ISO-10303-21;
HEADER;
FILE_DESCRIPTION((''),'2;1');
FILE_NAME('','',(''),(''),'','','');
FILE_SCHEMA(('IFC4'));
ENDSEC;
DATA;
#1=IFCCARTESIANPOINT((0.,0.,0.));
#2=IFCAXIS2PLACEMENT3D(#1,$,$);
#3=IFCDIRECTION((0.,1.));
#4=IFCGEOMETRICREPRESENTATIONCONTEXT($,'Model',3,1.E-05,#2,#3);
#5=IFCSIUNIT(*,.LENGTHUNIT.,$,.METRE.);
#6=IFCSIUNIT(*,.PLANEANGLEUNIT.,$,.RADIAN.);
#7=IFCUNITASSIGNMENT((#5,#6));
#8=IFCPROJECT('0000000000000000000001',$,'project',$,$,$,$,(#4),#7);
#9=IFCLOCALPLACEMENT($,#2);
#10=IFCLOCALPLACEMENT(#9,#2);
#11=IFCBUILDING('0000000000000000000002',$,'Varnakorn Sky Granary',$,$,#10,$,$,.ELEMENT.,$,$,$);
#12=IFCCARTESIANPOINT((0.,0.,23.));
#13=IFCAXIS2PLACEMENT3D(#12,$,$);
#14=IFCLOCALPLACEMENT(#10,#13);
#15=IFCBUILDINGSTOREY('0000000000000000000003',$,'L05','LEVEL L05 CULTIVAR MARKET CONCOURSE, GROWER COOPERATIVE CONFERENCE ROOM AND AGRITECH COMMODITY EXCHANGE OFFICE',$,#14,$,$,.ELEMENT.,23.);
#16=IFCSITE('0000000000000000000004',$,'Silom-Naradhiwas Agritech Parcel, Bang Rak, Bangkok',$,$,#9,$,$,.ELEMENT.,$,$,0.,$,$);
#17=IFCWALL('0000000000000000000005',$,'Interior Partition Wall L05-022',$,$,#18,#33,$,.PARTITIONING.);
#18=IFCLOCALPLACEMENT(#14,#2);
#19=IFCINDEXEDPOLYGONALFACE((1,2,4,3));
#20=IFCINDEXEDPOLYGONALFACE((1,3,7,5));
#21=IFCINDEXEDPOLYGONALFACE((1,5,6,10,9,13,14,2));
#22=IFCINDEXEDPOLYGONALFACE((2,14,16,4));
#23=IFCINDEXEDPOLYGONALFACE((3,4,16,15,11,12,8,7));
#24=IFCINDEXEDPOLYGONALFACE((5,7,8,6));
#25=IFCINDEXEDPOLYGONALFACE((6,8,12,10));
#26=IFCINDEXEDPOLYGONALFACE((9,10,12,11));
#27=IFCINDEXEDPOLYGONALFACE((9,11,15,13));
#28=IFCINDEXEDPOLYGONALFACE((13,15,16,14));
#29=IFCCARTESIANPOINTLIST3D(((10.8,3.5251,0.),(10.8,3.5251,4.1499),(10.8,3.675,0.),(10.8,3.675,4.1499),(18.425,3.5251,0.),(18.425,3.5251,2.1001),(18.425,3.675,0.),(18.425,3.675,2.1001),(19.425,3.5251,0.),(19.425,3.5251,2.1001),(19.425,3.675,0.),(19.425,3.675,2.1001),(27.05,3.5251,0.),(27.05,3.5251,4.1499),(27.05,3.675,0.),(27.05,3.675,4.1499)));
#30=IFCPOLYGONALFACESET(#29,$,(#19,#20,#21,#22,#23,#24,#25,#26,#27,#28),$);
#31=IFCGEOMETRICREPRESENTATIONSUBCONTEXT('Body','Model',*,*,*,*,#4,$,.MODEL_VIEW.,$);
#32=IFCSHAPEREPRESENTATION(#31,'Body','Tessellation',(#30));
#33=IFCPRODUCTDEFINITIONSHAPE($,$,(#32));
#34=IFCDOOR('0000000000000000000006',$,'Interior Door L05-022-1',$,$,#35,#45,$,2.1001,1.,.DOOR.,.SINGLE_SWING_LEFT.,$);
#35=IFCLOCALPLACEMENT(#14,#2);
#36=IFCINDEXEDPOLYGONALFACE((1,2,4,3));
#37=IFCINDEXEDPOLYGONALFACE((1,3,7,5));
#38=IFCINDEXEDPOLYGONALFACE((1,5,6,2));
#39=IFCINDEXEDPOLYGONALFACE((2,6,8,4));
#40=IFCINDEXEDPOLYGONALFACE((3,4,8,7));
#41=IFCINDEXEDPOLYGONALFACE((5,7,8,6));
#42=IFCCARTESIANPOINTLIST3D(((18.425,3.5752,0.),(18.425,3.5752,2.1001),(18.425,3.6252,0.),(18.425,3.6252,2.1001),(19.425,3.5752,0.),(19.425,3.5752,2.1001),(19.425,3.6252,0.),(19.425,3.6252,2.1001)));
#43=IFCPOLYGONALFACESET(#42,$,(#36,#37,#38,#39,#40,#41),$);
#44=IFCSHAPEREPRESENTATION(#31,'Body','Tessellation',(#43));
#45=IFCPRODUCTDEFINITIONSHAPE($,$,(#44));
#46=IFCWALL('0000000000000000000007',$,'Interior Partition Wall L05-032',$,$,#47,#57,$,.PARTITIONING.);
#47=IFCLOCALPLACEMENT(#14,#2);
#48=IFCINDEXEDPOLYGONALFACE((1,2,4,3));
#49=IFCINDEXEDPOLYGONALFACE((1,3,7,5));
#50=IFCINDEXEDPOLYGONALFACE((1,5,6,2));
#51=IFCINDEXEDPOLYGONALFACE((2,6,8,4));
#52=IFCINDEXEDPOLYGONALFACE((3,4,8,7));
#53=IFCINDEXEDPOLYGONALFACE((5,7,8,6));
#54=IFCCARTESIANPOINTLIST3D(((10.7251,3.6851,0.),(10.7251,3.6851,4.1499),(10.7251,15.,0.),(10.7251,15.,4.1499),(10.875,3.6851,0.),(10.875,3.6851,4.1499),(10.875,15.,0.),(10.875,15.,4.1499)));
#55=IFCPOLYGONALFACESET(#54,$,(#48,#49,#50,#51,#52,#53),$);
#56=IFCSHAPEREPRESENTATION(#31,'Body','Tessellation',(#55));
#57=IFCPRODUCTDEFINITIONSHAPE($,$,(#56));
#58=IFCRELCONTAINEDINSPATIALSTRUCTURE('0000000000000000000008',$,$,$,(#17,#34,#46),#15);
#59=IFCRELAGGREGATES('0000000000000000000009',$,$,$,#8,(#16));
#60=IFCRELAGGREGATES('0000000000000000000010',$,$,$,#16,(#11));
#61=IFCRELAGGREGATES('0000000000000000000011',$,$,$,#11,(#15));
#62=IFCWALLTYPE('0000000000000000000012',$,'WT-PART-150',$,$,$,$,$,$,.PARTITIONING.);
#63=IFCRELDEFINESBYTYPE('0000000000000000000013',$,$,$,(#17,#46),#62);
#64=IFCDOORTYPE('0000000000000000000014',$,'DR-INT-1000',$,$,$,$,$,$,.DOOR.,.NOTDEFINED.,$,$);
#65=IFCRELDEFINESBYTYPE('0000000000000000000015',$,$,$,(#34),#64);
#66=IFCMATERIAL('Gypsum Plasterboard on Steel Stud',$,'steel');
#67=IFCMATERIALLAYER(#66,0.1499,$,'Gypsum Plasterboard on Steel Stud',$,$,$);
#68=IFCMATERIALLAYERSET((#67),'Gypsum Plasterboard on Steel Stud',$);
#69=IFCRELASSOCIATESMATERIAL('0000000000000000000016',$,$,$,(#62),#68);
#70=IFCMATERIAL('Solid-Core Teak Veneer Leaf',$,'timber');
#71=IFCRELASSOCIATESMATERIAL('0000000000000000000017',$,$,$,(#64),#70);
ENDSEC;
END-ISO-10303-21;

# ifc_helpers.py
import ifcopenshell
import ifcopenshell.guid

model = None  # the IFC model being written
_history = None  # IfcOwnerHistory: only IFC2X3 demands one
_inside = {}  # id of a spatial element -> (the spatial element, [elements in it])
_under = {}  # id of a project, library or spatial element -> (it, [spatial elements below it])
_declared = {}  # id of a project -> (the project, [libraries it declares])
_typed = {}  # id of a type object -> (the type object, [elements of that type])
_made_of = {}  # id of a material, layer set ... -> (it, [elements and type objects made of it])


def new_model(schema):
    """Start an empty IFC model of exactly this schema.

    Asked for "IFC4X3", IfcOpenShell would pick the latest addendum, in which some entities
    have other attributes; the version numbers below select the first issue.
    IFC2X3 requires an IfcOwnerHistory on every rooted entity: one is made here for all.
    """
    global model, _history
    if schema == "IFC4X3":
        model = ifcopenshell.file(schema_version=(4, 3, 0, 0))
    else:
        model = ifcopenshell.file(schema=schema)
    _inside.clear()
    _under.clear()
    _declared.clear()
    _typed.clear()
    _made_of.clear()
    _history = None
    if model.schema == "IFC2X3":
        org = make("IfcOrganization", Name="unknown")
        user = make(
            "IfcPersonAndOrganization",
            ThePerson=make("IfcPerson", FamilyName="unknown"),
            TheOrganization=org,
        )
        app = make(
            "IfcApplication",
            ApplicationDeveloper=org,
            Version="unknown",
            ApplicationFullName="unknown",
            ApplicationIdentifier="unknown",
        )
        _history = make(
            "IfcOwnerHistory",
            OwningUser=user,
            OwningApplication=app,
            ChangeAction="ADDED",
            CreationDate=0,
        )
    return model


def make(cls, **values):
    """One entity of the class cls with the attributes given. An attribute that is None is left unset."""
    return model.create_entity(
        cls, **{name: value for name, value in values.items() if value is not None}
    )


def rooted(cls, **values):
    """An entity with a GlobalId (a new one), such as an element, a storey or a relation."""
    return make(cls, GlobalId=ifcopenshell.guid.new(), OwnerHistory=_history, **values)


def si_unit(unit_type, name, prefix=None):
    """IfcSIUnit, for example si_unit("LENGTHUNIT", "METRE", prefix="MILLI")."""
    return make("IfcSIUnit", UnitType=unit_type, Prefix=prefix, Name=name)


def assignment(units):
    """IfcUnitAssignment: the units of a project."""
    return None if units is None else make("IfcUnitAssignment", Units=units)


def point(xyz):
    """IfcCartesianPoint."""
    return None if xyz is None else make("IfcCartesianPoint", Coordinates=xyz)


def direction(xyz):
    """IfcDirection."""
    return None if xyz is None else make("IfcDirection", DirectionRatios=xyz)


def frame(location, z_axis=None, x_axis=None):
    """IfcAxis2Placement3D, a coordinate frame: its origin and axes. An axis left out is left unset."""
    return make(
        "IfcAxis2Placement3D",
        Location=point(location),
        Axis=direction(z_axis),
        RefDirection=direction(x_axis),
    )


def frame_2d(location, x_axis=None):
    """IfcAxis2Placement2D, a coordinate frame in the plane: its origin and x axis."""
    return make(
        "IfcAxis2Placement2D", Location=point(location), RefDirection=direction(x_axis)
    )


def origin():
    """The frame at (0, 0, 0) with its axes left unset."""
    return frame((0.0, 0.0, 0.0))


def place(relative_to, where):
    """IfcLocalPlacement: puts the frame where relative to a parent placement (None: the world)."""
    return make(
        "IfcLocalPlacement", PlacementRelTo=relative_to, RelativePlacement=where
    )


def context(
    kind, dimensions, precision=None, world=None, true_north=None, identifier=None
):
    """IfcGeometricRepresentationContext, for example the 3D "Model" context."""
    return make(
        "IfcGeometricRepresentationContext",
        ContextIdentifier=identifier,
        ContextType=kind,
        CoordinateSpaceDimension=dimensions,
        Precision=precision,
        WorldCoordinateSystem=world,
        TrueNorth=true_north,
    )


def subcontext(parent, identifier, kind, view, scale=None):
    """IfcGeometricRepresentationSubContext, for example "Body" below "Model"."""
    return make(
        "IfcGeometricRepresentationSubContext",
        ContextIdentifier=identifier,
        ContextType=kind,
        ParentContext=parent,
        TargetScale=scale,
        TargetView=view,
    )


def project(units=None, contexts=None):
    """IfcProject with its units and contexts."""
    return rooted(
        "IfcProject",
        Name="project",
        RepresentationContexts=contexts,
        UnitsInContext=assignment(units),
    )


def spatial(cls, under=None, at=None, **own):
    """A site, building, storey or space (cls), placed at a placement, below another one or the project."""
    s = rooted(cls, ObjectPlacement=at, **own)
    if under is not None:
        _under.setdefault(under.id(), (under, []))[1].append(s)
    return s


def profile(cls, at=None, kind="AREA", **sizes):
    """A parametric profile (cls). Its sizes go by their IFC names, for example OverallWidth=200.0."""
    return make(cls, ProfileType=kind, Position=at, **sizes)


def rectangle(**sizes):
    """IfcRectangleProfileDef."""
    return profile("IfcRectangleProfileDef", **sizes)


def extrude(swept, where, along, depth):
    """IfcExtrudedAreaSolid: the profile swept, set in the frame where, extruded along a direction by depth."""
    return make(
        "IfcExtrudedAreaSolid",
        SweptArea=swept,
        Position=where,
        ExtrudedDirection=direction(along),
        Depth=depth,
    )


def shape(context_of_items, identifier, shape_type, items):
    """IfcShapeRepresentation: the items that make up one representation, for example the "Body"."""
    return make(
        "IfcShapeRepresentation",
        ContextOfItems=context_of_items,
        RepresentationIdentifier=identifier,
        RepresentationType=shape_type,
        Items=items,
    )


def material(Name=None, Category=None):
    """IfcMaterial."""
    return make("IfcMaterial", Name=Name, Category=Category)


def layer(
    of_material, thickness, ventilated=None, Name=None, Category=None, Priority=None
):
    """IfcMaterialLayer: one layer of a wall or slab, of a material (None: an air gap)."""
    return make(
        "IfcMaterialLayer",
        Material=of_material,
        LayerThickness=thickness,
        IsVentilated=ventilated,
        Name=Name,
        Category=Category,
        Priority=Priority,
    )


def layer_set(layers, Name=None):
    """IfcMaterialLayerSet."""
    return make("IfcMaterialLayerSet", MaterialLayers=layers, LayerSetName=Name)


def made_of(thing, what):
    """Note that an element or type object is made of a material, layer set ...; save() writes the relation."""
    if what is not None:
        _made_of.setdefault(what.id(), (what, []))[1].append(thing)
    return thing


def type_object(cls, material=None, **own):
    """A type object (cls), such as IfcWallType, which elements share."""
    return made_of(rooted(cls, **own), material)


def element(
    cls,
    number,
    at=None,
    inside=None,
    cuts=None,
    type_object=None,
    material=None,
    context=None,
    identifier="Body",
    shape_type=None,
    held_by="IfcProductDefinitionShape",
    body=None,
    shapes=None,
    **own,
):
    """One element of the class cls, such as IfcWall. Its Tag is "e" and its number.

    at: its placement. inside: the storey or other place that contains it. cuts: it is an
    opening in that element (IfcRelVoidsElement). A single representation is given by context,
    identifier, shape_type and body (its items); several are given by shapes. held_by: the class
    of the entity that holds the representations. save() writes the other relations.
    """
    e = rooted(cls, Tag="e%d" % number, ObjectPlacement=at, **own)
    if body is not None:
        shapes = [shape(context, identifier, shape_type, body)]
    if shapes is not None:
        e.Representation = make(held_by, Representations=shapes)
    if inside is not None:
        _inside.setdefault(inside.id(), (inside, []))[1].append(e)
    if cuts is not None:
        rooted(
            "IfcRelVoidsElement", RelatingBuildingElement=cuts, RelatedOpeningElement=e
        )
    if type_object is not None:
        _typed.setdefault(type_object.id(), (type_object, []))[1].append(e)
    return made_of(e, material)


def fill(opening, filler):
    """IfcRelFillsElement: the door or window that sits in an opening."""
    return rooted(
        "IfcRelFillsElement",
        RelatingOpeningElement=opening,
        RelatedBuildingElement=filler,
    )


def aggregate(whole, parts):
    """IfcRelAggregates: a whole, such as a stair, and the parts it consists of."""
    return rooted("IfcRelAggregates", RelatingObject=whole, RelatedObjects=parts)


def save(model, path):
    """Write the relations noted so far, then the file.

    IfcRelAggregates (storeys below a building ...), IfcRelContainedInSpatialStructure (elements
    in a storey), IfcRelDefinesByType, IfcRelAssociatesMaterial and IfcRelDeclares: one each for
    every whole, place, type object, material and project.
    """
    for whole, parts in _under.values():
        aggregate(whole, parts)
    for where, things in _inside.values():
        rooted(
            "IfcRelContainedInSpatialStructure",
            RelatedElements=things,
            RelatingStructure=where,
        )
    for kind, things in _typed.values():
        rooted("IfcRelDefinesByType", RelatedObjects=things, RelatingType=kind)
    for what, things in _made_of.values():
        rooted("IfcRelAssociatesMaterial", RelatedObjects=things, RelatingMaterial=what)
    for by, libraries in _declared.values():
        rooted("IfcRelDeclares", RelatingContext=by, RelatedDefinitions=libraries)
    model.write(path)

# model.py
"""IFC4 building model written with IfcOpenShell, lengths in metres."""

from ifc_helpers import new_model, si_unit, direction, frame, frame_2d, origin, place, context, subcontext, project, spatial, rectangle, extrude, material, layer, layer_set, type_object, element, fill, save


model = new_model("IFC4")

# Units and contexts
model_context = context("Model", 3, precision=1e-05, world=origin(), true_north=direction((0.0, 1.0)))
body_context = subcontext(model_context, "Body", "Model", "MODEL_VIEW")
ifc_project = project(units=[si_unit("LENGTHUNIT", "METRE"), si_unit("PLANEANGLEUNIT", "RADIAN")], contexts=[model_context])

# Site, building, storey
site_placement = place(None, origin())
site = spatial("IfcSite", under=ifc_project, at=site_placement, Name="Silom-Naradhiwas Agritech Parcel, Bang Rak, Bangkok", CompositionType="ELEMENT", RefElevation=0.0)
building_placement = place(site_placement, origin())
building = spatial("IfcBuilding", under=site, at=building_placement, Name="Varnakorn Sky Granary", CompositionType="ELEMENT")
storey_placement = place(building_placement, frame((0.0, 0.0, 23.0)))
storey = spatial("IfcBuildingStorey", under=building, at=storey_placement, Name="L05", Description="LEVEL L05 CULTIVAR MARKET CONCOURSE, GROWER COOPERATIVE CONFERENCE ROOM AND AGRITECH COMMODITY EXCHANGE OFFICE", CompositionType="ELEMENT", Elevation=23.0)

# Wall, opening, door
ifc_material_1 = material(Name="Gypsum Plasterboard on Steel Stud", Category="steel")
ifc_layer_1 = layer(ifc_material_1, 0.1499, Name="Gypsum Plasterboard on Steel Stud")
ifc_layer_set_1 = layer_set([ifc_layer_1], Name="Gypsum Plasterboard on Steel Stud")
wall_type_1 = type_object("IfcWallType", Name="WT-PART-150", PredefinedType="PARTITIONING", material=ifc_layer_set_1)
wall_1_placement = place(storey_placement, frame((27.05, 3.6001, 0.0), z_axis=(0.0, 0.0, 1.0), x_axis=(-1.0, 0.0, 0.0)))
wall_1 = element("IfcWall", 1, at=wall_1_placement, inside=storey, type_object=wall_type_1, Name="Interior Partition Wall L05-022", PredefinedType="PARTITIONING", context=body_context, shape_type="SweptSolid", body=[
    extrude(rectangle(XDim=16.25, YDim=0.1499, at=frame_2d((8.125, 0.0))), origin(), (0.0, 0.0, 1.0), 4.1499),
])
opening_placement = place(wall_1_placement, frame((7.625, 0.0, 0.0)))
opening = element("IfcOpeningElement", 2, at=opening_placement, cuts=wall_1, PredefinedType="OPENING", context=body_context, shape_type="SweptSolid", body=[
    extrude(rectangle(XDim=1.0, YDim=2.1001, at=frame_2d((0.5, 1.05))), frame((0.0, 0.085, 0.0), z_axis=(0.0, -1.0, 0.0), x_axis=(1.0, 0.0, 0.0)), (0.0, 0.0, 1.0), 0.1699),
])
ifc_material_2 = material(Name="Solid-Core Teak Veneer Leaf", Category="timber")
door_type = type_object("IfcDoorType", Name="DR-INT-1000", OperationType="NOTDEFINED", PredefinedType="DOOR", material=ifc_material_2)
door_placement = place(opening_placement, origin())
door = element("IfcDoor", 3, at=door_placement, inside=storey, type_object=door_type, Name="Interior Door L05-022-1", OperationType="SINGLE_SWING_LEFT", OverallHeight=2.1001, OverallWidth=1.0, PredefinedType="DOOR", context=body_context, shape_type="SweptSolid", body=[
    extrude(rectangle(XDim=1.0, YDim=2.1001, at=frame_2d((0.5, 1.05))), frame((0.0, 0.0249, 0.0), z_axis=(0.0, -1.0, 0.0), x_axis=(1.0, 0.0, 0.0)), (0.0, 0.0, 1.0), 0.05),
])
fill(opening, door)

# Wall
wall_2_placement = place(storey_placement, frame((10.8, 3.6851, 0.0), z_axis=(0.0, 0.0, 1.0), x_axis=(0.0, 1.0, 0.0)))
element("IfcWall", 4, at=wall_2_placement, inside=storey, type_object=wall_type_1, Name="Interior Partition Wall L05-032", PredefinedType="PARTITIONING", context=body_context, shape_type="SweptSolid", body=[
    extrude(rectangle(XDim=11.3149, YDim=0.1499, at=frame_2d((5.6575, 0.0))), origin(), (0.0, 0.0, 1.0), 4.1499),
])

save(model, "model.ifc")
